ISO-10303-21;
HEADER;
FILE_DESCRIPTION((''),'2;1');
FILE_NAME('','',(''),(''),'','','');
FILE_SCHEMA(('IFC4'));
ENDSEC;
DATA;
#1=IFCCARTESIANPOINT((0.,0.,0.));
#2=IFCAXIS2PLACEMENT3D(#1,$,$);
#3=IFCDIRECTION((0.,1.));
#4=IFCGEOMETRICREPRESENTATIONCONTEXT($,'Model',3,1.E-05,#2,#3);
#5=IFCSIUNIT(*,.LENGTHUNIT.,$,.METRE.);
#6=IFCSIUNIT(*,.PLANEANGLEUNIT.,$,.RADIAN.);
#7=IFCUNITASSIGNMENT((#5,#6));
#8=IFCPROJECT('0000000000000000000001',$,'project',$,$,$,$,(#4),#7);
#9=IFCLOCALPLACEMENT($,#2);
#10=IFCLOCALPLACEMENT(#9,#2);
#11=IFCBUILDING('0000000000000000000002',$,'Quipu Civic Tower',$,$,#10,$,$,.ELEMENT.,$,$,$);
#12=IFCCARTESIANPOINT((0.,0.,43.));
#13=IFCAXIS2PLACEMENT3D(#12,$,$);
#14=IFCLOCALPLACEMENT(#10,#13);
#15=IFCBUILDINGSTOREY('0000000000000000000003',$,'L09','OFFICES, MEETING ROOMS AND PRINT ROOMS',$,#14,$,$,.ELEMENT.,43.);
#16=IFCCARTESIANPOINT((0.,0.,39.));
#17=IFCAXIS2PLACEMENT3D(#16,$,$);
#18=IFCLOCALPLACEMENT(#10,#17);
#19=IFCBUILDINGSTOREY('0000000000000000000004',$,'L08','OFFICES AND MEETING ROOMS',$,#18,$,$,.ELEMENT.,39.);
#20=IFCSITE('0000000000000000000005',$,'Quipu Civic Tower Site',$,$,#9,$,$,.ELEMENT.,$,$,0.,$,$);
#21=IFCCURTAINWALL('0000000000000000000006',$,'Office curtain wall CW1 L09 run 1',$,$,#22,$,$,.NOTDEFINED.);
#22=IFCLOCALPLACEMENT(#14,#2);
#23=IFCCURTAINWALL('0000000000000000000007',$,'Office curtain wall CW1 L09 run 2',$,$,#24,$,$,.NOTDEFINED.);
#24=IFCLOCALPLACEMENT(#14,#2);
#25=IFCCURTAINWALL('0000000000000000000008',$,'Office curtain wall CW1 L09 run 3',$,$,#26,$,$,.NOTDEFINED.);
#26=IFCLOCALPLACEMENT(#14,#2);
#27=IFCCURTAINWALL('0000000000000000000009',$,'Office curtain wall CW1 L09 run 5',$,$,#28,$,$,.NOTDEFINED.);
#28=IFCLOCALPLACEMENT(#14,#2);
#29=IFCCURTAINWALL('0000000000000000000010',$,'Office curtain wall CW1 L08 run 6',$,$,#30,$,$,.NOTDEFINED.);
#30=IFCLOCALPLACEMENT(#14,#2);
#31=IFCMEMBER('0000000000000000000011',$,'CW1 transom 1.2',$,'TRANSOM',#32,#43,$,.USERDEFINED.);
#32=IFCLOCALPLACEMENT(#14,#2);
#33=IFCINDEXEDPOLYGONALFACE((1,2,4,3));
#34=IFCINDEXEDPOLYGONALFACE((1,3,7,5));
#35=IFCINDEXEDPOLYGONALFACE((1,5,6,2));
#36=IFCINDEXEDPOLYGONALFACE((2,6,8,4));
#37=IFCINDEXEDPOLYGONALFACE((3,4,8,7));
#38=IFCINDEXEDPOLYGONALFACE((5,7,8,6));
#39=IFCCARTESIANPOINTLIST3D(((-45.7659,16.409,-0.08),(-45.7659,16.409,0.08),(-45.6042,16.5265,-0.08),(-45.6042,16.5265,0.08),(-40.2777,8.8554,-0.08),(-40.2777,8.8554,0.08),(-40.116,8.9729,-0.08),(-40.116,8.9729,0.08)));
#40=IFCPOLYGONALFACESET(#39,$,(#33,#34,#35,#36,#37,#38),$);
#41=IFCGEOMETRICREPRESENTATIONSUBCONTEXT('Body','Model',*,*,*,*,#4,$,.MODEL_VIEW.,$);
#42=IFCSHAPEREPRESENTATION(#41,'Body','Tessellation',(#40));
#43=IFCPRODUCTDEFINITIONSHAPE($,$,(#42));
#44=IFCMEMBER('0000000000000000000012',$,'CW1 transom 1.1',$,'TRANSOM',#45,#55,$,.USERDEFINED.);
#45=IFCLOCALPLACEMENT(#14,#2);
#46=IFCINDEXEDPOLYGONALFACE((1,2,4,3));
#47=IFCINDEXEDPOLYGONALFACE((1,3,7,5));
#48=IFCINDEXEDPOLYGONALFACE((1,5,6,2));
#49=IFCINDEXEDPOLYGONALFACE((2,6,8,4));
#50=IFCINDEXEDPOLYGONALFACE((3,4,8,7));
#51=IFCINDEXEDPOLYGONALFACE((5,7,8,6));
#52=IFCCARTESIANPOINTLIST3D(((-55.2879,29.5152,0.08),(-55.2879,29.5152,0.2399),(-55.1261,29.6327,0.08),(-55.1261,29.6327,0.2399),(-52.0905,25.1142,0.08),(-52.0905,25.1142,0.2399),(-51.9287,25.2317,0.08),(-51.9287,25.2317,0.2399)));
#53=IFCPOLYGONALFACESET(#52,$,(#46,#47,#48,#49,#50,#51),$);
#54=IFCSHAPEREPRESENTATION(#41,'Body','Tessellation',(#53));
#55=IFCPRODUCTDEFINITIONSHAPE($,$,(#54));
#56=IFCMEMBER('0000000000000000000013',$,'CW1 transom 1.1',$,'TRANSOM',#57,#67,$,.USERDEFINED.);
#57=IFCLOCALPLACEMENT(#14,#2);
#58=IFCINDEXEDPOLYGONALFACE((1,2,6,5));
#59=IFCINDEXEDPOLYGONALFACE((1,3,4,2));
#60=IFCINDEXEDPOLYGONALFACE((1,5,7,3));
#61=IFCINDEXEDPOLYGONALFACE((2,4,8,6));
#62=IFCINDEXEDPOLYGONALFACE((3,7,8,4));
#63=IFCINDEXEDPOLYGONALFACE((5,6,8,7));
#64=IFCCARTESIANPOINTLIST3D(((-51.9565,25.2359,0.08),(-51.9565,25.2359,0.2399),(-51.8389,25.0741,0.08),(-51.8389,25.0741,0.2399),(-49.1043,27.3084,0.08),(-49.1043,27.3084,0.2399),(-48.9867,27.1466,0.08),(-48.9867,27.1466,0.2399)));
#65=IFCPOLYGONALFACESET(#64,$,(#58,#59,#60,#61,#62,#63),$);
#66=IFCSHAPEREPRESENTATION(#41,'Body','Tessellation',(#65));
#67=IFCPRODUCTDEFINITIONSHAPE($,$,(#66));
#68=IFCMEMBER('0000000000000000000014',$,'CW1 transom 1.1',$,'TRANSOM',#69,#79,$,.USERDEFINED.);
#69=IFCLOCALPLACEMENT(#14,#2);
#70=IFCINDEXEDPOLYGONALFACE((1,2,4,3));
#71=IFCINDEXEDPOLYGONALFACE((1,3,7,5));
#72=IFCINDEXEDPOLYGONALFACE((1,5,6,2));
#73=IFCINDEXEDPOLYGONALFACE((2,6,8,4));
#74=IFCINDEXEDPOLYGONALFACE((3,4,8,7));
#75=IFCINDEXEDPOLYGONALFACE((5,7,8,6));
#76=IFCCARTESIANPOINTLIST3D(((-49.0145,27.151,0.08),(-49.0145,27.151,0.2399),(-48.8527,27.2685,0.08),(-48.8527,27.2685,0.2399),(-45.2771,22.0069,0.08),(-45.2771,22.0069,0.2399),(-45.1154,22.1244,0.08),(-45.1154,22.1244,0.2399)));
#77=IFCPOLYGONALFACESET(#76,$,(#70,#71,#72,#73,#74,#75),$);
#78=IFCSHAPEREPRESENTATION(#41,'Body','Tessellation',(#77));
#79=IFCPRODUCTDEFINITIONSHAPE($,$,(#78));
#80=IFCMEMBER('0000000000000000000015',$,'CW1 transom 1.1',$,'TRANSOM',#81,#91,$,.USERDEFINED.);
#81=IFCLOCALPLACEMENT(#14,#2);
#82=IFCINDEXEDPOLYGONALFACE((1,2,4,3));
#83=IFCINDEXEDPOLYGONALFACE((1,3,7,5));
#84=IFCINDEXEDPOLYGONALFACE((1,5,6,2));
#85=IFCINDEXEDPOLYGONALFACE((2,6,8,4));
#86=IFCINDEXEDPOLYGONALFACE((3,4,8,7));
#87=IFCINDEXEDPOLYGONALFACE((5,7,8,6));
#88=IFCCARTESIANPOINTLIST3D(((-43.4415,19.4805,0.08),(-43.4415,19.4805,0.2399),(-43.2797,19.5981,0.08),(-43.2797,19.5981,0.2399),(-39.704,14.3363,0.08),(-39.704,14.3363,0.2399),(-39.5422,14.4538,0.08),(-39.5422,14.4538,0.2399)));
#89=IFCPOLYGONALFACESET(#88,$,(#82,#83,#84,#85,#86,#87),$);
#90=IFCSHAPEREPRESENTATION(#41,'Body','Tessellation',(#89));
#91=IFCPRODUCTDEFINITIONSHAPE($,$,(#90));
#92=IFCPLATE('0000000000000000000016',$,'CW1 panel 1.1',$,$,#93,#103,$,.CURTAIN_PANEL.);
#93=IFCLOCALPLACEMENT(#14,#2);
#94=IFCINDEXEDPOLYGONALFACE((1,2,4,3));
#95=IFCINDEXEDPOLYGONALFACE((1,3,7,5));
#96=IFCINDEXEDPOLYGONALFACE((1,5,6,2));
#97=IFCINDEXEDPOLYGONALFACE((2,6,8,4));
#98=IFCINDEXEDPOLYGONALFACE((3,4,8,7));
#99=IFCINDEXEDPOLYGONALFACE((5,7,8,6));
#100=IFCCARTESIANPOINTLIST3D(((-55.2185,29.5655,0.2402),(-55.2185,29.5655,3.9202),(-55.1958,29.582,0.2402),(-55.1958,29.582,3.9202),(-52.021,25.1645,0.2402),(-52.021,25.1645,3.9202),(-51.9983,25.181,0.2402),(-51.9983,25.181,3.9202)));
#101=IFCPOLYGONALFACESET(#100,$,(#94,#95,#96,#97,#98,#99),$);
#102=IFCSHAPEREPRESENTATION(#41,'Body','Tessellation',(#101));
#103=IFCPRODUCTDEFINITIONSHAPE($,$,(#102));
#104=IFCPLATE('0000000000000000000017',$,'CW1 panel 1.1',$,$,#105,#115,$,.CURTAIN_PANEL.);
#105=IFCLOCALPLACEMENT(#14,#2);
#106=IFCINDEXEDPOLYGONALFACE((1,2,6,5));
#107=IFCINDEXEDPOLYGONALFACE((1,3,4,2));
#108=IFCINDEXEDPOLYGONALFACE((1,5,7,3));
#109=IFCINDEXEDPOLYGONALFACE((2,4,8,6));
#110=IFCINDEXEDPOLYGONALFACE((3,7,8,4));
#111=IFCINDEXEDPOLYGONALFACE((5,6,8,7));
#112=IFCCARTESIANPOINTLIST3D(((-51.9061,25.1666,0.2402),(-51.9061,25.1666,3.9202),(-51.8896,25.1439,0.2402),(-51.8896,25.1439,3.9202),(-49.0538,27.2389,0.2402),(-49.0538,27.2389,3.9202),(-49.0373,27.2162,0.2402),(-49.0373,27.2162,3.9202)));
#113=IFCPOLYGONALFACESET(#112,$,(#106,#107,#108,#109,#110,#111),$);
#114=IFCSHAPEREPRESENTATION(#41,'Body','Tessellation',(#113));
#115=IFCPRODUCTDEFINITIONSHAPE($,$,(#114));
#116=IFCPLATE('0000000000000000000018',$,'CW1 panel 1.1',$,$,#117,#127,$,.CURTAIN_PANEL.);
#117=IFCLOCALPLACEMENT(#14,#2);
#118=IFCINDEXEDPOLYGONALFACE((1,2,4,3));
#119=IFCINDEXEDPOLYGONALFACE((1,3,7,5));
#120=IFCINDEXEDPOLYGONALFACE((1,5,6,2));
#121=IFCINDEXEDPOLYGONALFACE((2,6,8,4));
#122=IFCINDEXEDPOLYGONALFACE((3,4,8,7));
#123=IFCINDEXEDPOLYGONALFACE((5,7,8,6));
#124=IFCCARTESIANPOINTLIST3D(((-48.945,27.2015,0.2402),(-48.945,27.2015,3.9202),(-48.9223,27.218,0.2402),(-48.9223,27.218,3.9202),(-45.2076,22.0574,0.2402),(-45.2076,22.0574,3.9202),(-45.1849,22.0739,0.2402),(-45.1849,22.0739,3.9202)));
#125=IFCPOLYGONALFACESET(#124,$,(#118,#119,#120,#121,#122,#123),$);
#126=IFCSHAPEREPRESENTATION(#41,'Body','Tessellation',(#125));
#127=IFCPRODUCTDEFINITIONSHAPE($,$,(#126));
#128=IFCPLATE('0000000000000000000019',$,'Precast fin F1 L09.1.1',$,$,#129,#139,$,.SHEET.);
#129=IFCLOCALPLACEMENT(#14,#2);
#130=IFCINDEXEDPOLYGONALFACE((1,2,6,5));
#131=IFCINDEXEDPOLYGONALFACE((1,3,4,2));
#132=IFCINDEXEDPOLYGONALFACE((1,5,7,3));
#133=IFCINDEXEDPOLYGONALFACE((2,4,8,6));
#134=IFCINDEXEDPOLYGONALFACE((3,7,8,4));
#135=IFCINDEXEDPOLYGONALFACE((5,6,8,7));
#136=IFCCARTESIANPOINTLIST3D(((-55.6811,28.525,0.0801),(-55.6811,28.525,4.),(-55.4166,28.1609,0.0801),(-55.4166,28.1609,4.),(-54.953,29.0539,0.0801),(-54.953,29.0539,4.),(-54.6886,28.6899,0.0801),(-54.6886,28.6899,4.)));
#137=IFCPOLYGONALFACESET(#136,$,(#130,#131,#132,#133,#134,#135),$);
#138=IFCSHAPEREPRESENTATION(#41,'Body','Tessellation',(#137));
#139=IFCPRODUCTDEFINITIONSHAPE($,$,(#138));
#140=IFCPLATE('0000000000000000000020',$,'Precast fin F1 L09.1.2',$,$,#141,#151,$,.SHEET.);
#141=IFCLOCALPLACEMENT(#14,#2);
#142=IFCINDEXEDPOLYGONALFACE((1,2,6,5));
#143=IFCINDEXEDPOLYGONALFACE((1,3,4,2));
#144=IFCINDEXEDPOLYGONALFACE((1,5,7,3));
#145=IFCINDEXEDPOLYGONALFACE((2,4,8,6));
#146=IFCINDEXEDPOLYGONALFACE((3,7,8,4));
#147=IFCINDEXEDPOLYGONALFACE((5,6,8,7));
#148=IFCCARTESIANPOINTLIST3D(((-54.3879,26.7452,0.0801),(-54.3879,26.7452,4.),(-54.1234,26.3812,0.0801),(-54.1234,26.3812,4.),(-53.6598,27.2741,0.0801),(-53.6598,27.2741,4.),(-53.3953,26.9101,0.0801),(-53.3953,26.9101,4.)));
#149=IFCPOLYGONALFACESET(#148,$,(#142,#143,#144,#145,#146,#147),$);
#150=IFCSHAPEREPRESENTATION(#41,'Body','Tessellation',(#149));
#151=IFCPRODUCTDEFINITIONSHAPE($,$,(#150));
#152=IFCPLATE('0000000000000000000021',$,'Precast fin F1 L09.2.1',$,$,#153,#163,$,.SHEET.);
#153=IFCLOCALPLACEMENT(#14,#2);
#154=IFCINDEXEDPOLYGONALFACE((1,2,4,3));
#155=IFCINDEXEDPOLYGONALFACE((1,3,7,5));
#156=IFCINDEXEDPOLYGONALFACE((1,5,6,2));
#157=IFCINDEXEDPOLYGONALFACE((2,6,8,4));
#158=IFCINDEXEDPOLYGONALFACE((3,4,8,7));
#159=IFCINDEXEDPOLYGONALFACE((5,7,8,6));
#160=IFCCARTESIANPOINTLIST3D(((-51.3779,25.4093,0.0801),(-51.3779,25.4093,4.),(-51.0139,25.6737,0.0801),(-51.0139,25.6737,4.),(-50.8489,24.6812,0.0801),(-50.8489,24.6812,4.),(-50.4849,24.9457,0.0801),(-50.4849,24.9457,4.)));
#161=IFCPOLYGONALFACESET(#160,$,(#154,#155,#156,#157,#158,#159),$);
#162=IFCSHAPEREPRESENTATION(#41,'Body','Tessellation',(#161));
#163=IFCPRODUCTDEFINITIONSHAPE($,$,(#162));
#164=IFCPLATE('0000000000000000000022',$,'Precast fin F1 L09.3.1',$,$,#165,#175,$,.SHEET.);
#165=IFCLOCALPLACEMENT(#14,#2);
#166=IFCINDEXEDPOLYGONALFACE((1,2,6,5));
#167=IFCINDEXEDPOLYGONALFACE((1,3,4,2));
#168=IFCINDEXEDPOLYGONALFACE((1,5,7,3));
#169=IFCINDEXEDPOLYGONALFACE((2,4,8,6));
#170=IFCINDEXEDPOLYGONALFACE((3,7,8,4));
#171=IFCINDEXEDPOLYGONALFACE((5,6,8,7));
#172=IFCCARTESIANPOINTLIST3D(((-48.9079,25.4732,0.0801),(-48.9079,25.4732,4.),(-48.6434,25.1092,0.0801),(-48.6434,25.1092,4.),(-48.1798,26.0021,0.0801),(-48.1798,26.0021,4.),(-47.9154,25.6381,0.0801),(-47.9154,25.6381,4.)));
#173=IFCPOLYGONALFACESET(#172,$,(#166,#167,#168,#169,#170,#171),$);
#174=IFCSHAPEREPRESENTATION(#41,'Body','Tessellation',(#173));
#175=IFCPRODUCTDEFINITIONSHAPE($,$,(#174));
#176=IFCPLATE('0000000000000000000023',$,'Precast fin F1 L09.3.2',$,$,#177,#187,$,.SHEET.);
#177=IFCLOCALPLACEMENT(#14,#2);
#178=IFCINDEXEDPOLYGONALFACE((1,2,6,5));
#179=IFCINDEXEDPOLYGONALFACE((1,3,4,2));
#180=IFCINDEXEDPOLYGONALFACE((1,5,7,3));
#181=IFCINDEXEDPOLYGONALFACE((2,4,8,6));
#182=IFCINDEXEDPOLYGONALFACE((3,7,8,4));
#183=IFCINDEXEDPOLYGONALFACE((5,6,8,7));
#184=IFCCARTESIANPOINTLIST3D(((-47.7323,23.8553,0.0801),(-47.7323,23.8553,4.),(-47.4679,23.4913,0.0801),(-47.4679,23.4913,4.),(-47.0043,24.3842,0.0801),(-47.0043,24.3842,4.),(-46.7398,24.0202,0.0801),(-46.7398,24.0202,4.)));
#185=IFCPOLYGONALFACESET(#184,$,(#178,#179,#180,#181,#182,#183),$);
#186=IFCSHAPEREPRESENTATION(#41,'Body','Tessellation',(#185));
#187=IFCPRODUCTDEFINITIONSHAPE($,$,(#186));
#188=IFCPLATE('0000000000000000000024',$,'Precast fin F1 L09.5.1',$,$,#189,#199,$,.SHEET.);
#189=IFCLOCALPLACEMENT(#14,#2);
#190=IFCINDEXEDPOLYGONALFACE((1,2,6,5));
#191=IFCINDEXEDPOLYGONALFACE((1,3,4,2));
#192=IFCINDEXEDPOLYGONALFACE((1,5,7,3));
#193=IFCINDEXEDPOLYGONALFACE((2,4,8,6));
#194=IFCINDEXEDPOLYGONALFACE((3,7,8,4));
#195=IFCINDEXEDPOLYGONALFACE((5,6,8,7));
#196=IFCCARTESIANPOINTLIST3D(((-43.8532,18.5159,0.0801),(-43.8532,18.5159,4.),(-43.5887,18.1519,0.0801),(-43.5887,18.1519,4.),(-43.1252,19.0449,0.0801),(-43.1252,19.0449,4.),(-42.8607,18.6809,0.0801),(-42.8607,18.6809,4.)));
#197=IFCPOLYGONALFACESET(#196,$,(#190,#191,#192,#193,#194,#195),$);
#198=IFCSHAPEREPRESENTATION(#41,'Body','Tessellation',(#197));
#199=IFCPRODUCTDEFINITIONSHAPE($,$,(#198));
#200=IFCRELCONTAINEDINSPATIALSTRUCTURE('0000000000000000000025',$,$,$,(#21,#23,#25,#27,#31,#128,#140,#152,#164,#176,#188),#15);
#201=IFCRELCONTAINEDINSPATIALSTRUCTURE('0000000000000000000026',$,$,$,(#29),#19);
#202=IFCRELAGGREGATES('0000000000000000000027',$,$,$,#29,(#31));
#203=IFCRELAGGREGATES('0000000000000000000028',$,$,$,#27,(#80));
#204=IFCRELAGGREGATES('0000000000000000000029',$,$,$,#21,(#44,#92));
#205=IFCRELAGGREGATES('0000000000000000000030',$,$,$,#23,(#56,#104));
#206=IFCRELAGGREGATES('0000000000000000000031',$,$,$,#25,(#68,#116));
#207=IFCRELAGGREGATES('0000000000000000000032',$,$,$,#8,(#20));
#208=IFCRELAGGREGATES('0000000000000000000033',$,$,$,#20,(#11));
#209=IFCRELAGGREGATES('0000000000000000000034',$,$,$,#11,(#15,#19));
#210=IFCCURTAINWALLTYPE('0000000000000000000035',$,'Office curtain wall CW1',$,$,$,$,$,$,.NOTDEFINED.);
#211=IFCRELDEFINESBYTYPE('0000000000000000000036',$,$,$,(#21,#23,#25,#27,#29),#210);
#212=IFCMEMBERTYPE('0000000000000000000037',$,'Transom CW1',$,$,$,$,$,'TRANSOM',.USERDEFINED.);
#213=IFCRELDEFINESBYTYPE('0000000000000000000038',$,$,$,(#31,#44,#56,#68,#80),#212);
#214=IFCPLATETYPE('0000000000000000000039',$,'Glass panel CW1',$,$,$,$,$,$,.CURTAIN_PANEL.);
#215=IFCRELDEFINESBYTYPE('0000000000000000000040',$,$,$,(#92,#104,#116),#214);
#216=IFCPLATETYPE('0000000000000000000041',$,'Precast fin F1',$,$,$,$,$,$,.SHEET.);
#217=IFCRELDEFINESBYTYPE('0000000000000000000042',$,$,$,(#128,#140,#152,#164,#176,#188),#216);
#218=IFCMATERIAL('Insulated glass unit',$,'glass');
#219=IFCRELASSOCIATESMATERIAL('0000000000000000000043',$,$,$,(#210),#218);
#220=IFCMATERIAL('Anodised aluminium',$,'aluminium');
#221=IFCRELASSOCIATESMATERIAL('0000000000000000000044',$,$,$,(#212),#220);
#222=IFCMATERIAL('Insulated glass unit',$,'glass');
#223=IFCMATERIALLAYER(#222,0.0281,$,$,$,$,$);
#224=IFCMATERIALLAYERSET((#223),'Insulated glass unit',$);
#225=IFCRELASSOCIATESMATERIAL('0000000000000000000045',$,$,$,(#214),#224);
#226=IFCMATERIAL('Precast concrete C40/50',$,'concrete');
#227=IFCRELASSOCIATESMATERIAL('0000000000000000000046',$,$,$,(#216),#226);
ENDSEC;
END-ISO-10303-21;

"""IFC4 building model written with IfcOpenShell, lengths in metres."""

from ifc_helpers import new_model, si_unit, direction, frame, origin, origin_2d, place, context, subcontext, project, spatial, rectangle, extrude, material, layer, layer_set, material_profile, profile_set, type_object, element, aggregate, save


model = new_model("IFC4")

# Units and contexts
model_context = context("Model", 3, precision=1e-05, world=origin(), true_north=direction((0.0, 1.0)))
body_context = subcontext(model_context, "Body", "Model", "MODEL_VIEW")
ifc_project = project(units=[si_unit("LENGTHUNIT", "METRE"), si_unit("PLANEANGLEUNIT", "RADIAN")], contexts=[model_context])

# Site, building, storey
site_placement = place(None, origin())
site = spatial("IfcSite", under=ifc_project, at=site_placement, Name="Quipu Civic Tower Site", CompositionType="ELEMENT", RefElevation=0.0)
building_placement = place(site_placement, origin())
building = spatial("IfcBuilding", under=site, at=building_placement, Name="Quipu Civic Tower", CompositionType="ELEMENT")
storey_1_placement = place(building_placement, frame((0.0, 0.0, 43.0)))
storey_1 = spatial("IfcBuildingStorey", under=building, at=storey_1_placement, Name="L09", Description="OFFICES, MEETING ROOMS AND PRINT ROOMS", CompositionType="ELEMENT", Elevation=43.0)

# Curtain wall
ifc_material_1 = material(Name="Insulated glass unit", Category="glass")
curtain_wall_type = type_object("IfcCurtainWallType", Name="Office curtain wall CW1", PredefinedType="NOTDEFINED", material=ifc_material_1)
curtain_wall_1_placement = place(storey_1_placement, origin())
curtain_wall_1 = element("IfcCurtainWall", 1, at=curtain_wall_1_placement, inside=storey_1, type_object=curtain_wall_type, Name="Office curtain wall CW1 L09 run 1", PredefinedType="NOTDEFINED")

# Curtain walls
curtain_wall_2_placement = place(storey_1_placement, origin())
curtain_wall_2 = element("IfcCurtainWall", 2, at=curtain_wall_2_placement, inside=storey_1, type_object=curtain_wall_type, Name="Office curtain wall CW1 L09 run 2", PredefinedType="NOTDEFINED")
curtain_wall_3_placement = place(storey_1_placement, origin())
curtain_wall_3 = element("IfcCurtainWall", 3, at=curtain_wall_3_placement, inside=storey_1, type_object=curtain_wall_type, Name="Office curtain wall CW1 L09 run 3", PredefinedType="NOTDEFINED")

# Curtain wall
curtain_wall_4_placement = place(storey_1_placement, origin())
curtain_wall_4 = element("IfcCurtainWall", 4, at=curtain_wall_4_placement, inside=storey_1, type_object=curtain_wall_type, Name="Office curtain wall CW1 L09 run 5", PredefinedType="NOTDEFINED")

# Shared definitions
storey_2_placement = place(building_placement, frame((0.0, 0.0, 39.0)))
storey_2 = spatial("IfcBuildingStorey", under=building, at=storey_2_placement, Name="L08", Description="OFFICES AND MEETING ROOMS", CompositionType="ELEMENT", Elevation=39.0)

# Curtain wall, member
ifc_material_2 = material(Name="Anodised aluminium", Category="aluminium")
ifc_material_profile_1 = material_profile(ifc_material_2, rectangle(XDim=0.2, YDim=0.1599, at=origin_2d()), Name="RECT 200x160")
ifc_profile_set_1 = profile_set([ifc_material_profile_1], Name="Anodised aluminium")
member_type_1 = type_object("IfcMemberType", Name="Transom CW1", ElementType="TRANSOM", PredefinedType="USERDEFINED", material=ifc_profile_set_1)
curtain_wall_5_placement = place(storey_2_placement, origin())
curtain_wall_5 = element("IfcCurtainWall", 5, at=curtain_wall_5_placement, inside=storey_2, type_object=curtain_wall_type, Name="Office curtain wall CW1 L08 run 6", PredefinedType="NOTDEFINED")
member_1_placement = place(storey_1_placement, frame((-45.6851, 16.4678, 0.0), z_axis=(0.587799, -0.809007, 0.0), x_axis=(0.809007, 0.587799, 0.0)))
member_1 = element("IfcMember", 6, at=member_1_placement, inside=storey_1, type_object=member_type_1, Name="CW1 transom 1.2", ObjectType="TRANSOM", PredefinedType="USERDEFINED", context=body_context, shape_type="SweptSolid", body=[
    extrude(rectangle(XDim=0.2, YDim=0.1599, at=origin_2d()), origin(), (0.0, 0.0, 1.0), 9.3369),
])
aggregate(curtain_wall_5, [member_1])

# Members
member_2_placement = place(storey_1_placement, frame((-55.207, 29.574, 0.1599), z_axis=(0.587774, -0.809025, 0.0), x_axis=(0.809025, 0.587774, 0.0)))
member_2 = element("IfcMember", 7, at=member_2_placement, type_object=member_type_1, Name="CW1 transom 1.1", ObjectType="TRANSOM", PredefinedType="USERDEFINED", context=body_context, shape_type="SweptSolid", body=[
    extrude(rectangle(XDim=0.2, YDim=0.1599, at=origin_2d()), origin(), (0.0, 0.0, 1.0), 5.4399),
])
member_3_placement = place(storey_1_placement, frame((-51.8977, 25.155, 0.1599), z_axis=(0.808991, 0.587822, 0.0), x_axis=(-0.587822, 0.808991, 0.0)))
member_3 = element("IfcMember", 8, at=member_3_placement, type_object=member_type_1, Name="CW1 transom 1.1", ObjectType="TRANSOM", PredefinedType="USERDEFINED", context=body_context, shape_type="SweptSolid", body=[
    extrude(rectangle(XDim=0.2, YDim=0.1599, at=origin_2d()), origin(), (0.0, 0.0, 1.0), 3.5256),
])
member_4_placement = place(storey_1_placement, frame((-48.9336, 27.2097, 0.1599), z_axis=(0.587779, -0.809022, 0.0), x_axis=(0.809022, 0.587779, 0.0)))
member_4 = element("IfcMember", 9, at=member_4_placement, type_object=member_type_1, Name="CW1 transom 1.1", ObjectType="TRANSOM", PredefinedType="USERDEFINED", context=body_context, shape_type="SweptSolid", body=[
    extrude(rectangle(XDim=0.2, YDim=0.1599, at=origin_2d()), origin(), (0.0, 0.0, 1.0), 6.3584),
])
member_5_placement = place(storey_1_placement, frame((-43.3606, 19.5393, 0.1599), z_axis=(0.587786, -0.809017, 0.0), x_axis=(0.809017, 0.587786, 0.0)))
member_5 = element("IfcMember", 10, at=member_5_placement, type_object=member_type_1, Name="CW1 transom 1.1", ObjectType="TRANSOM", PredefinedType="USERDEFINED", context=body_context, shape_type="SweptSolid", body=[
    extrude(rectangle(XDim=0.2, YDim=0.1599, at=origin_2d()), origin(), (0.0, 0.0, 1.0), 6.3586),
])
aggregate(curtain_wall_4, [member_5])

# Plates
ifc_material_3 = material(Name="Insulated glass unit", Category="glass")
ifc_layer = layer(ifc_material_3, 0.0281)
ifc_layer_set = layer_set([ifc_layer], Name="Insulated glass unit")
plate_type_1 = type_object("IfcPlateType", Name="Glass panel CW1", PredefinedType="CURTAIN_PANEL", material=ifc_layer_set)
plate_1_placement = place(storey_1_placement, frame((-53.6084, 27.3733, 0.2402), z_axis=(0.0, 0.0, 1.0), x_axis=(0.587785, -0.809017, 0.0)))
plate_1 = element("IfcPlate", 11, at=plate_1_placement, type_object=plate_type_1, Name="CW1 panel 1.1", PredefinedType="CURTAIN_PANEL", context=body_context, shape_type="SweptSolid", body=[
    extrude(rectangle(XDim=5.4399, YDim=0.0281, at=origin_2d()), origin(), (0.0, 0.0, 1.0), 3.6799),
])
aggregate(curtain_wall_1, [member_2, plate_1])
plate_2_placement = place(storey_1_placement, frame((-50.4717, 26.1914, 0.2402), z_axis=(0.0, 0.0, 1.0), x_axis=(0.809018, 0.587784, 0.0)))
plate_2 = element("IfcPlate", 12, at=plate_2_placement, type_object=plate_type_1, Name="CW1 panel 1.1", PredefinedType="CURTAIN_PANEL", context=body_context, shape_type="SweptSolid", body=[
    extrude(rectangle(XDim=3.5256, YDim=0.0281, at=origin_2d()), origin(), (0.0, 0.0, 1.0), 3.6799),
])
aggregate(curtain_wall_2, [member_3, plate_2])
plate_3_placement = place(storey_1_placement, frame((-47.0649, 24.6377, 0.2402), z_axis=(0.0, 0.0, 1.0), x_axis=(0.587783, -0.809019, 0.0)))
plate_3 = element("IfcPlate", 13, at=plate_3_placement, type_object=plate_type_1, Name="CW1 panel 1.1", PredefinedType="CURTAIN_PANEL", context=body_context, shape_type="SweptSolid", body=[
    extrude(rectangle(XDim=6.3584, YDim=0.0281, at=origin_2d()), origin(), (0.0, 0.0, 1.0), 3.6799),
])
aggregate(curtain_wall_3, [member_4, plate_3])

# Plates
ifc_material_4 = material(Name="Precast concrete C40/50", Category="concrete")
plate_type_2 = type_object("IfcPlateType", Name="Precast fin F1", PredefinedType="SHEET", material=ifc_material_4)
for number, where, z_axis, x_axis, name in (
    (14, (-55.1848, 28.6074, 0.0801), (0.0, 0.0, 1.0), (0.58778, -0.809021, 0.0), "Precast fin F1 L09.1.1"),
    (15, (-53.8916, 26.8276, 0.0801), (0.0, 0.0, 1.0), (0.58778, -0.809021, 0.0), "Precast fin F1 L09.1.2"),
    (16, (-50.9314, 25.1775, 0.0801), (0.0, 0.0, 1.0), (0.809018, 0.587784, 0.0), "Precast fin F1 L09.2.1"),
    (17, (-48.4116, 25.5557, 0.0801), (0.0, 0.0, 1.0), (0.587791, -0.809013, 0.0), "Precast fin F1 L09.3.1"),
    (18, (-47.2361, 23.9377, 0.0801), (0.0, 0.0, 1.0), (0.587791, -0.809013, 0.0), "Precast fin F1 L09.3.2"),
    (19, (-43.3569, 18.5984, 0.0801), (0.0, 0.0, 1.0), (0.587791, -0.809013, 0.0), "Precast fin F1 L09.5.1"),
):
    element("IfcPlate", number, at=place(storey_1_placement, frame(where, z_axis=z_axis, x_axis=x_axis)), inside=storey_1, type_object=plate_type_2, Name=name, PredefinedType="SHEET", context=body_context, shape_type="SweptSolid", body=[
        extrude(rectangle(XDim=0.45, YDim=0.8999, at=origin_2d()), origin(), (0.0, 0.0, 1.0), 3.9199),
    ])

save(model, "model.ifc")
